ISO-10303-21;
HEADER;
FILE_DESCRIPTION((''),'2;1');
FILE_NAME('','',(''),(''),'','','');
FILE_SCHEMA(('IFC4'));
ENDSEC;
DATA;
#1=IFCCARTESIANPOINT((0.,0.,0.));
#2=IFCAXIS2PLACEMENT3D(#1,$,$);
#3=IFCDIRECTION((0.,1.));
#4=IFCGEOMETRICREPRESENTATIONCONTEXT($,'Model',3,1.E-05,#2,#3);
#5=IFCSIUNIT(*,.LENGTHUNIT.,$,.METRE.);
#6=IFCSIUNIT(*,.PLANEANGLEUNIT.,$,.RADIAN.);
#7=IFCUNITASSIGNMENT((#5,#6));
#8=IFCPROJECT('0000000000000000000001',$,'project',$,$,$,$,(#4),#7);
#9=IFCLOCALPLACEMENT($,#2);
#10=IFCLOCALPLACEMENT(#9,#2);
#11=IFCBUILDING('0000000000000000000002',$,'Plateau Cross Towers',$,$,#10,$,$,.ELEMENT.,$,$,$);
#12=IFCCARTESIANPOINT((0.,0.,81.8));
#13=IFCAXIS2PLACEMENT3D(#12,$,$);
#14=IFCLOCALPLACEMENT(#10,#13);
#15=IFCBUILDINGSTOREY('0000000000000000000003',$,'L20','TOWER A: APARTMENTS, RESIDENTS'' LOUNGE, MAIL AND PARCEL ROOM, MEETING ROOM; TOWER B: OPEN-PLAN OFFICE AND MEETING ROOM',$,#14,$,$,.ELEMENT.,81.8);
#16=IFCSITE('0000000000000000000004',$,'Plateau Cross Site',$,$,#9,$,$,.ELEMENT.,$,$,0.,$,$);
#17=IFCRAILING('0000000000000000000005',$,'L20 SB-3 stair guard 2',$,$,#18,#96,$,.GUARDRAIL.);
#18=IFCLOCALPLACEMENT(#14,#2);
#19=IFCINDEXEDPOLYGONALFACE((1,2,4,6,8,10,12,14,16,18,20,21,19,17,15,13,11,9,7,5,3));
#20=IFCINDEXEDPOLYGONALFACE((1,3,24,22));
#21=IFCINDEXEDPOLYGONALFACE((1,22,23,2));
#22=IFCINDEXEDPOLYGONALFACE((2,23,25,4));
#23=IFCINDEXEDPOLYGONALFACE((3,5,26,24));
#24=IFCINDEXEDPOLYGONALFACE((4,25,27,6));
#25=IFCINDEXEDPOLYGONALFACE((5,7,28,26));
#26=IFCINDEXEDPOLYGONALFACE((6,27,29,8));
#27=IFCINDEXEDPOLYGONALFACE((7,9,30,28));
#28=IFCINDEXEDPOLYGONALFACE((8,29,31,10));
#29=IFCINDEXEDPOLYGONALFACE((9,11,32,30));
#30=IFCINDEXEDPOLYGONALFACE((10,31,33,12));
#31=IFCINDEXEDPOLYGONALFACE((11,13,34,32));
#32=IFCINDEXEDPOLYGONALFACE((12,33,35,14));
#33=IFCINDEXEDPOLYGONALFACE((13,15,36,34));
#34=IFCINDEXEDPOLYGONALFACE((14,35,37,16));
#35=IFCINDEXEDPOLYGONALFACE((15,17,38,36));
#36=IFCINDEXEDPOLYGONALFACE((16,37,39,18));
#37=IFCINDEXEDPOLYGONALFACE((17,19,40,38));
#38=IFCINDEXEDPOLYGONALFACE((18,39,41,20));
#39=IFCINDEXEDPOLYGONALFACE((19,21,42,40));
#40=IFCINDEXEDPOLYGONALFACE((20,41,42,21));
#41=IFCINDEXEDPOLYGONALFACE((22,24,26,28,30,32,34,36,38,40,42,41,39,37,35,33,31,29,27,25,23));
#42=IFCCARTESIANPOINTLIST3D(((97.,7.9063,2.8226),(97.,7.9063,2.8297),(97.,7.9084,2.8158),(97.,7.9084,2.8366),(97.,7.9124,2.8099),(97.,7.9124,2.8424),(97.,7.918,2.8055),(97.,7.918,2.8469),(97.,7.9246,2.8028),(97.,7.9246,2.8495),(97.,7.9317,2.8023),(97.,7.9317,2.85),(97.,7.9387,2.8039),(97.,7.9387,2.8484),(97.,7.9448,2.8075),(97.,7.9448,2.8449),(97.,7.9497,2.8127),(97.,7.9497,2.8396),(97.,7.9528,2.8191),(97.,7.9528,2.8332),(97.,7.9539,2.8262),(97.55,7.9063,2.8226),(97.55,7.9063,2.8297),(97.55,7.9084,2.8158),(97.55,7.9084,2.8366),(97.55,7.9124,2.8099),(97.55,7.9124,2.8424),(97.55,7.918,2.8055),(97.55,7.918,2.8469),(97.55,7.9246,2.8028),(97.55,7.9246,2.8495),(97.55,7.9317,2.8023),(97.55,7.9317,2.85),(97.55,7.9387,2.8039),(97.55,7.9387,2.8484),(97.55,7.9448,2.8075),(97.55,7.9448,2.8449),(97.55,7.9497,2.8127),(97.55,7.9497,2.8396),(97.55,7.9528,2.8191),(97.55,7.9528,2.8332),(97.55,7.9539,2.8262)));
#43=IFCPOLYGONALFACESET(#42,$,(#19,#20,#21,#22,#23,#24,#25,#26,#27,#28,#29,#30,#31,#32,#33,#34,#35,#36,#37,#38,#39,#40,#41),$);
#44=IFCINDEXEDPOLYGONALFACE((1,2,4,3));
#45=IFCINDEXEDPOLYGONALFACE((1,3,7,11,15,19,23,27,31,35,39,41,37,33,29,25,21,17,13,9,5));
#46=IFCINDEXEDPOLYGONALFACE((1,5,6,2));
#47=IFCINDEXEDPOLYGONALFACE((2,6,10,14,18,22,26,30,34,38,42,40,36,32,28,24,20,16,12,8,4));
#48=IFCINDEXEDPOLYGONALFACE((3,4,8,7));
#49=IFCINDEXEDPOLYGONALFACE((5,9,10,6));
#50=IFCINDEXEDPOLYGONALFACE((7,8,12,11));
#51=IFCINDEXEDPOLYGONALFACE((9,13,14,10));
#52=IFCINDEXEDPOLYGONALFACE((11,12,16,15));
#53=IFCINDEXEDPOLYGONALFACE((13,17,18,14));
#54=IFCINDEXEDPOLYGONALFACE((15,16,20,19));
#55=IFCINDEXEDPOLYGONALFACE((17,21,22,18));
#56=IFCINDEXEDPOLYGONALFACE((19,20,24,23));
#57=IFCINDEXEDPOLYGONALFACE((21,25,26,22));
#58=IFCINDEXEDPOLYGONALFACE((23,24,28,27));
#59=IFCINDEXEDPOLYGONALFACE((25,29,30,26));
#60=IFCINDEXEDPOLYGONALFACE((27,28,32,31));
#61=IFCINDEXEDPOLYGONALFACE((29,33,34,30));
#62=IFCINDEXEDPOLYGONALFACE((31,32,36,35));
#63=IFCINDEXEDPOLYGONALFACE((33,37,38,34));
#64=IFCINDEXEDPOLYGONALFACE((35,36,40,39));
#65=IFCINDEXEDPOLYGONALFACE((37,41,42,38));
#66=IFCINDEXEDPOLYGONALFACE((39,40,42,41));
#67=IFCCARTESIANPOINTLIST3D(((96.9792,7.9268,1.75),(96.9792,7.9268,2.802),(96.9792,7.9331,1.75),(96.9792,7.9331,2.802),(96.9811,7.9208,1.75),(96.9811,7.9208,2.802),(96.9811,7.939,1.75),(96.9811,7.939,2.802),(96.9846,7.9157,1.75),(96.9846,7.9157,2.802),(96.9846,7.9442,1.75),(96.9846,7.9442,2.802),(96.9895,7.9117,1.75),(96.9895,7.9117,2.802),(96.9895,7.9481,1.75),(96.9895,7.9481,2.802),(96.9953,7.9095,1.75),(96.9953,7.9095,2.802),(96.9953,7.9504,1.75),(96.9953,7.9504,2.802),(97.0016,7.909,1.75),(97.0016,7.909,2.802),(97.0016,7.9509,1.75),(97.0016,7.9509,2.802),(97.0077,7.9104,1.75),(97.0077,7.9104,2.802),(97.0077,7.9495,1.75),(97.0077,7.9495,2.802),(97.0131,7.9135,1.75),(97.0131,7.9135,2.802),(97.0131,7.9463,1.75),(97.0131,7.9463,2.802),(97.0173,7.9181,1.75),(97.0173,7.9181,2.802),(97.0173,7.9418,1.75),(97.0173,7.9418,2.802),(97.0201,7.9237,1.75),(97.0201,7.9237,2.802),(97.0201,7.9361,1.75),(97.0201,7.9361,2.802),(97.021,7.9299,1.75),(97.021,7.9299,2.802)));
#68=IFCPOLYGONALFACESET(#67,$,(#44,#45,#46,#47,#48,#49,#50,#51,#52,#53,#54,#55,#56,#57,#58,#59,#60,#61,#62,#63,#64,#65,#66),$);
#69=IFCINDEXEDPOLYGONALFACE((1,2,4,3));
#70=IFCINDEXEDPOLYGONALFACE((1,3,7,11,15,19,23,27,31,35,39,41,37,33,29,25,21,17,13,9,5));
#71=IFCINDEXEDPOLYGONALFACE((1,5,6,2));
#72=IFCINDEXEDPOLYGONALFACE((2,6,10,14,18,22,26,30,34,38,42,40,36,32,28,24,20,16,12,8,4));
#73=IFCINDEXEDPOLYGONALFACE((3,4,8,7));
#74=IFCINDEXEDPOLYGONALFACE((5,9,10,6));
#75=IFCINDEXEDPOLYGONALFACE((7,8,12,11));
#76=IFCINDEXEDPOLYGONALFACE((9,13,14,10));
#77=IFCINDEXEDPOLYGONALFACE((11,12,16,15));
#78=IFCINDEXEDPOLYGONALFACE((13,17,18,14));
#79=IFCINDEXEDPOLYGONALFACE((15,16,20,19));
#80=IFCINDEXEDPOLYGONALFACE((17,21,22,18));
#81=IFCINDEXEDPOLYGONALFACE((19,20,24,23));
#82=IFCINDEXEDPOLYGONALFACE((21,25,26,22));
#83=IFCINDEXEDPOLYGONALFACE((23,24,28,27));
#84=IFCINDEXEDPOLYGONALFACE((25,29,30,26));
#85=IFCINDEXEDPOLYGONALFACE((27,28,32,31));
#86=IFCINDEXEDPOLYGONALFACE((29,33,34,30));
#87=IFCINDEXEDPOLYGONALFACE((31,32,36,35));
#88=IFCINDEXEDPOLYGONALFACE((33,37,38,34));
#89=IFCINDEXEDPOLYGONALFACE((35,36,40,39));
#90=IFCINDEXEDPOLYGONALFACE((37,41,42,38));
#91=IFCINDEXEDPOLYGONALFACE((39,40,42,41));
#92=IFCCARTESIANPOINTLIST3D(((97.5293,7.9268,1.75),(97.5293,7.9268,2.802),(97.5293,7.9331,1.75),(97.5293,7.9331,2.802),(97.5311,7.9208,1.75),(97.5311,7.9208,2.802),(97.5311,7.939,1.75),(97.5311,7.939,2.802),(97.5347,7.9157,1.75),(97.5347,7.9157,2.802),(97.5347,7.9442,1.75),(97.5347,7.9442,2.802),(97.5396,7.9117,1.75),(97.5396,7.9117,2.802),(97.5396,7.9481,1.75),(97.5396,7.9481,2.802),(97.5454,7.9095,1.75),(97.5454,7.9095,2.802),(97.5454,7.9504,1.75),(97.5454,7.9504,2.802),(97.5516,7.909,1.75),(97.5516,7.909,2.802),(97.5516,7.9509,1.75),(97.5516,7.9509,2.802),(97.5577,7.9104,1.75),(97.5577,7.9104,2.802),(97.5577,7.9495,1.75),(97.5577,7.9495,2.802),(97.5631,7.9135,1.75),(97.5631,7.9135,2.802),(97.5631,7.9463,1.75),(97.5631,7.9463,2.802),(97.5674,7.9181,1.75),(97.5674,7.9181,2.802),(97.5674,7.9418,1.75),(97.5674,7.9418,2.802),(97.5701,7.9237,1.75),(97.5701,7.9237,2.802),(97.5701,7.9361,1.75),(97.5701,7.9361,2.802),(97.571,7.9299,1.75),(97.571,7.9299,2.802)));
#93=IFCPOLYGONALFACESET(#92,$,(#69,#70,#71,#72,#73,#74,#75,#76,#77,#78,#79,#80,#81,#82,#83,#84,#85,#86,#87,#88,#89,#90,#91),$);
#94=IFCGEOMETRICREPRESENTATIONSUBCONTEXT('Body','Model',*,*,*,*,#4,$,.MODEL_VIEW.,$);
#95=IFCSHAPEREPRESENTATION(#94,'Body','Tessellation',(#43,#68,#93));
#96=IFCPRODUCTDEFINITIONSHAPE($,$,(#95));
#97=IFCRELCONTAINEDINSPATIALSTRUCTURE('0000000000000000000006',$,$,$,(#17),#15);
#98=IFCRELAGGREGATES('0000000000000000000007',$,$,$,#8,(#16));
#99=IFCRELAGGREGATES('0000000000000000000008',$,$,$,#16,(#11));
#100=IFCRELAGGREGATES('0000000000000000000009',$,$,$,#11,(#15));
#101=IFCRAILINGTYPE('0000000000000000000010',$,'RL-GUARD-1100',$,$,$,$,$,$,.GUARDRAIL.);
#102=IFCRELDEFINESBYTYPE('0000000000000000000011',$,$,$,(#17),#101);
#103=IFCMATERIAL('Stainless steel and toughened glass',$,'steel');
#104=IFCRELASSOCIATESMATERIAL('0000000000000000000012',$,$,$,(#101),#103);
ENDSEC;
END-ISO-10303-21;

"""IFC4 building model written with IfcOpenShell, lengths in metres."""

from ifc_helpers import new_model, si_unit, direction, frame, origin, origin_2d, place, context, subcontext, project, spatial, circle, extrude, material, type_object, element, save


model = new_model("IFC4")

# Units and contexts
model_context = context("Model", 3, precision=1e-05, world=origin(), true_north=direction((0.0, 1.0)))
body_context = subcontext(model_context, "Body", "Model", "MODEL_VIEW")
ifc_project = project(units=[si_unit("LENGTHUNIT", "METRE"), si_unit("PLANEANGLEUNIT", "RADIAN")], contexts=[model_context])

# Site, building, storey
site_placement = place(None, origin())
site = spatial("IfcSite", under=ifc_project, at=site_placement, Name="Plateau Cross Site", CompositionType="ELEMENT", RefElevation=0.0)
building_placement = place(site_placement, origin())
building = spatial("IfcBuilding", under=site, at=building_placement, Name="Plateau Cross Towers", CompositionType="ELEMENT")
storey_placement = place(building_placement, frame((0.0, 0.0, 81.8)))
storey = spatial("IfcBuildingStorey", under=building, at=storey_placement, Name="L20", Description="TOWER A: APARTMENTS, RESIDENTS' LOUNGE, MAIL AND PARCEL ROOM, MEETING ROOM; TOWER B: OPEN-PLAN OFFICE AND MEETING ROOM", CompositionType="ELEMENT", Elevation=81.8)

# Railing
ifc_material_1 = material(Name="Stainless steel and toughened glass", Category="steel")
railing_type_1 = type_object("IfcRailingType", Name="RL-GUARD-1100", PredefinedType="GUARDRAIL", material=ifc_material_1)
railing_1_placement = place(storey_placement, frame((97.0, 7.9299, 1.75)))
element("IfcRailing", 1, at=railing_1_placement, inside=storey, type_object=railing_type_1, Name="L20 SB-3 stair guard 2", PredefinedType="GUARDRAIL", context=body_context, shape_type="SweptSolid", body=[
    extrude(circle(Radius=0.0239, at=origin_2d()), frame((0.0, 0.0, 1.0762), z_axis=(1.0, 0.0, 0.0), x_axis=(0.0, 1.0, 0.0)), (0.0, 0.0, 1.0), 0.55),
    extrude(circle(Radius=0.021, at=origin_2d()), origin(), (0.0, 0.0, 1.0), 1.052),
    extrude(circle(Radius=0.021, at=origin_2d()), frame((0.55, 0.0, 0.0)), (0.0, 0.0, 1.0), 1.052),
])

save(model, "model.ifc")
